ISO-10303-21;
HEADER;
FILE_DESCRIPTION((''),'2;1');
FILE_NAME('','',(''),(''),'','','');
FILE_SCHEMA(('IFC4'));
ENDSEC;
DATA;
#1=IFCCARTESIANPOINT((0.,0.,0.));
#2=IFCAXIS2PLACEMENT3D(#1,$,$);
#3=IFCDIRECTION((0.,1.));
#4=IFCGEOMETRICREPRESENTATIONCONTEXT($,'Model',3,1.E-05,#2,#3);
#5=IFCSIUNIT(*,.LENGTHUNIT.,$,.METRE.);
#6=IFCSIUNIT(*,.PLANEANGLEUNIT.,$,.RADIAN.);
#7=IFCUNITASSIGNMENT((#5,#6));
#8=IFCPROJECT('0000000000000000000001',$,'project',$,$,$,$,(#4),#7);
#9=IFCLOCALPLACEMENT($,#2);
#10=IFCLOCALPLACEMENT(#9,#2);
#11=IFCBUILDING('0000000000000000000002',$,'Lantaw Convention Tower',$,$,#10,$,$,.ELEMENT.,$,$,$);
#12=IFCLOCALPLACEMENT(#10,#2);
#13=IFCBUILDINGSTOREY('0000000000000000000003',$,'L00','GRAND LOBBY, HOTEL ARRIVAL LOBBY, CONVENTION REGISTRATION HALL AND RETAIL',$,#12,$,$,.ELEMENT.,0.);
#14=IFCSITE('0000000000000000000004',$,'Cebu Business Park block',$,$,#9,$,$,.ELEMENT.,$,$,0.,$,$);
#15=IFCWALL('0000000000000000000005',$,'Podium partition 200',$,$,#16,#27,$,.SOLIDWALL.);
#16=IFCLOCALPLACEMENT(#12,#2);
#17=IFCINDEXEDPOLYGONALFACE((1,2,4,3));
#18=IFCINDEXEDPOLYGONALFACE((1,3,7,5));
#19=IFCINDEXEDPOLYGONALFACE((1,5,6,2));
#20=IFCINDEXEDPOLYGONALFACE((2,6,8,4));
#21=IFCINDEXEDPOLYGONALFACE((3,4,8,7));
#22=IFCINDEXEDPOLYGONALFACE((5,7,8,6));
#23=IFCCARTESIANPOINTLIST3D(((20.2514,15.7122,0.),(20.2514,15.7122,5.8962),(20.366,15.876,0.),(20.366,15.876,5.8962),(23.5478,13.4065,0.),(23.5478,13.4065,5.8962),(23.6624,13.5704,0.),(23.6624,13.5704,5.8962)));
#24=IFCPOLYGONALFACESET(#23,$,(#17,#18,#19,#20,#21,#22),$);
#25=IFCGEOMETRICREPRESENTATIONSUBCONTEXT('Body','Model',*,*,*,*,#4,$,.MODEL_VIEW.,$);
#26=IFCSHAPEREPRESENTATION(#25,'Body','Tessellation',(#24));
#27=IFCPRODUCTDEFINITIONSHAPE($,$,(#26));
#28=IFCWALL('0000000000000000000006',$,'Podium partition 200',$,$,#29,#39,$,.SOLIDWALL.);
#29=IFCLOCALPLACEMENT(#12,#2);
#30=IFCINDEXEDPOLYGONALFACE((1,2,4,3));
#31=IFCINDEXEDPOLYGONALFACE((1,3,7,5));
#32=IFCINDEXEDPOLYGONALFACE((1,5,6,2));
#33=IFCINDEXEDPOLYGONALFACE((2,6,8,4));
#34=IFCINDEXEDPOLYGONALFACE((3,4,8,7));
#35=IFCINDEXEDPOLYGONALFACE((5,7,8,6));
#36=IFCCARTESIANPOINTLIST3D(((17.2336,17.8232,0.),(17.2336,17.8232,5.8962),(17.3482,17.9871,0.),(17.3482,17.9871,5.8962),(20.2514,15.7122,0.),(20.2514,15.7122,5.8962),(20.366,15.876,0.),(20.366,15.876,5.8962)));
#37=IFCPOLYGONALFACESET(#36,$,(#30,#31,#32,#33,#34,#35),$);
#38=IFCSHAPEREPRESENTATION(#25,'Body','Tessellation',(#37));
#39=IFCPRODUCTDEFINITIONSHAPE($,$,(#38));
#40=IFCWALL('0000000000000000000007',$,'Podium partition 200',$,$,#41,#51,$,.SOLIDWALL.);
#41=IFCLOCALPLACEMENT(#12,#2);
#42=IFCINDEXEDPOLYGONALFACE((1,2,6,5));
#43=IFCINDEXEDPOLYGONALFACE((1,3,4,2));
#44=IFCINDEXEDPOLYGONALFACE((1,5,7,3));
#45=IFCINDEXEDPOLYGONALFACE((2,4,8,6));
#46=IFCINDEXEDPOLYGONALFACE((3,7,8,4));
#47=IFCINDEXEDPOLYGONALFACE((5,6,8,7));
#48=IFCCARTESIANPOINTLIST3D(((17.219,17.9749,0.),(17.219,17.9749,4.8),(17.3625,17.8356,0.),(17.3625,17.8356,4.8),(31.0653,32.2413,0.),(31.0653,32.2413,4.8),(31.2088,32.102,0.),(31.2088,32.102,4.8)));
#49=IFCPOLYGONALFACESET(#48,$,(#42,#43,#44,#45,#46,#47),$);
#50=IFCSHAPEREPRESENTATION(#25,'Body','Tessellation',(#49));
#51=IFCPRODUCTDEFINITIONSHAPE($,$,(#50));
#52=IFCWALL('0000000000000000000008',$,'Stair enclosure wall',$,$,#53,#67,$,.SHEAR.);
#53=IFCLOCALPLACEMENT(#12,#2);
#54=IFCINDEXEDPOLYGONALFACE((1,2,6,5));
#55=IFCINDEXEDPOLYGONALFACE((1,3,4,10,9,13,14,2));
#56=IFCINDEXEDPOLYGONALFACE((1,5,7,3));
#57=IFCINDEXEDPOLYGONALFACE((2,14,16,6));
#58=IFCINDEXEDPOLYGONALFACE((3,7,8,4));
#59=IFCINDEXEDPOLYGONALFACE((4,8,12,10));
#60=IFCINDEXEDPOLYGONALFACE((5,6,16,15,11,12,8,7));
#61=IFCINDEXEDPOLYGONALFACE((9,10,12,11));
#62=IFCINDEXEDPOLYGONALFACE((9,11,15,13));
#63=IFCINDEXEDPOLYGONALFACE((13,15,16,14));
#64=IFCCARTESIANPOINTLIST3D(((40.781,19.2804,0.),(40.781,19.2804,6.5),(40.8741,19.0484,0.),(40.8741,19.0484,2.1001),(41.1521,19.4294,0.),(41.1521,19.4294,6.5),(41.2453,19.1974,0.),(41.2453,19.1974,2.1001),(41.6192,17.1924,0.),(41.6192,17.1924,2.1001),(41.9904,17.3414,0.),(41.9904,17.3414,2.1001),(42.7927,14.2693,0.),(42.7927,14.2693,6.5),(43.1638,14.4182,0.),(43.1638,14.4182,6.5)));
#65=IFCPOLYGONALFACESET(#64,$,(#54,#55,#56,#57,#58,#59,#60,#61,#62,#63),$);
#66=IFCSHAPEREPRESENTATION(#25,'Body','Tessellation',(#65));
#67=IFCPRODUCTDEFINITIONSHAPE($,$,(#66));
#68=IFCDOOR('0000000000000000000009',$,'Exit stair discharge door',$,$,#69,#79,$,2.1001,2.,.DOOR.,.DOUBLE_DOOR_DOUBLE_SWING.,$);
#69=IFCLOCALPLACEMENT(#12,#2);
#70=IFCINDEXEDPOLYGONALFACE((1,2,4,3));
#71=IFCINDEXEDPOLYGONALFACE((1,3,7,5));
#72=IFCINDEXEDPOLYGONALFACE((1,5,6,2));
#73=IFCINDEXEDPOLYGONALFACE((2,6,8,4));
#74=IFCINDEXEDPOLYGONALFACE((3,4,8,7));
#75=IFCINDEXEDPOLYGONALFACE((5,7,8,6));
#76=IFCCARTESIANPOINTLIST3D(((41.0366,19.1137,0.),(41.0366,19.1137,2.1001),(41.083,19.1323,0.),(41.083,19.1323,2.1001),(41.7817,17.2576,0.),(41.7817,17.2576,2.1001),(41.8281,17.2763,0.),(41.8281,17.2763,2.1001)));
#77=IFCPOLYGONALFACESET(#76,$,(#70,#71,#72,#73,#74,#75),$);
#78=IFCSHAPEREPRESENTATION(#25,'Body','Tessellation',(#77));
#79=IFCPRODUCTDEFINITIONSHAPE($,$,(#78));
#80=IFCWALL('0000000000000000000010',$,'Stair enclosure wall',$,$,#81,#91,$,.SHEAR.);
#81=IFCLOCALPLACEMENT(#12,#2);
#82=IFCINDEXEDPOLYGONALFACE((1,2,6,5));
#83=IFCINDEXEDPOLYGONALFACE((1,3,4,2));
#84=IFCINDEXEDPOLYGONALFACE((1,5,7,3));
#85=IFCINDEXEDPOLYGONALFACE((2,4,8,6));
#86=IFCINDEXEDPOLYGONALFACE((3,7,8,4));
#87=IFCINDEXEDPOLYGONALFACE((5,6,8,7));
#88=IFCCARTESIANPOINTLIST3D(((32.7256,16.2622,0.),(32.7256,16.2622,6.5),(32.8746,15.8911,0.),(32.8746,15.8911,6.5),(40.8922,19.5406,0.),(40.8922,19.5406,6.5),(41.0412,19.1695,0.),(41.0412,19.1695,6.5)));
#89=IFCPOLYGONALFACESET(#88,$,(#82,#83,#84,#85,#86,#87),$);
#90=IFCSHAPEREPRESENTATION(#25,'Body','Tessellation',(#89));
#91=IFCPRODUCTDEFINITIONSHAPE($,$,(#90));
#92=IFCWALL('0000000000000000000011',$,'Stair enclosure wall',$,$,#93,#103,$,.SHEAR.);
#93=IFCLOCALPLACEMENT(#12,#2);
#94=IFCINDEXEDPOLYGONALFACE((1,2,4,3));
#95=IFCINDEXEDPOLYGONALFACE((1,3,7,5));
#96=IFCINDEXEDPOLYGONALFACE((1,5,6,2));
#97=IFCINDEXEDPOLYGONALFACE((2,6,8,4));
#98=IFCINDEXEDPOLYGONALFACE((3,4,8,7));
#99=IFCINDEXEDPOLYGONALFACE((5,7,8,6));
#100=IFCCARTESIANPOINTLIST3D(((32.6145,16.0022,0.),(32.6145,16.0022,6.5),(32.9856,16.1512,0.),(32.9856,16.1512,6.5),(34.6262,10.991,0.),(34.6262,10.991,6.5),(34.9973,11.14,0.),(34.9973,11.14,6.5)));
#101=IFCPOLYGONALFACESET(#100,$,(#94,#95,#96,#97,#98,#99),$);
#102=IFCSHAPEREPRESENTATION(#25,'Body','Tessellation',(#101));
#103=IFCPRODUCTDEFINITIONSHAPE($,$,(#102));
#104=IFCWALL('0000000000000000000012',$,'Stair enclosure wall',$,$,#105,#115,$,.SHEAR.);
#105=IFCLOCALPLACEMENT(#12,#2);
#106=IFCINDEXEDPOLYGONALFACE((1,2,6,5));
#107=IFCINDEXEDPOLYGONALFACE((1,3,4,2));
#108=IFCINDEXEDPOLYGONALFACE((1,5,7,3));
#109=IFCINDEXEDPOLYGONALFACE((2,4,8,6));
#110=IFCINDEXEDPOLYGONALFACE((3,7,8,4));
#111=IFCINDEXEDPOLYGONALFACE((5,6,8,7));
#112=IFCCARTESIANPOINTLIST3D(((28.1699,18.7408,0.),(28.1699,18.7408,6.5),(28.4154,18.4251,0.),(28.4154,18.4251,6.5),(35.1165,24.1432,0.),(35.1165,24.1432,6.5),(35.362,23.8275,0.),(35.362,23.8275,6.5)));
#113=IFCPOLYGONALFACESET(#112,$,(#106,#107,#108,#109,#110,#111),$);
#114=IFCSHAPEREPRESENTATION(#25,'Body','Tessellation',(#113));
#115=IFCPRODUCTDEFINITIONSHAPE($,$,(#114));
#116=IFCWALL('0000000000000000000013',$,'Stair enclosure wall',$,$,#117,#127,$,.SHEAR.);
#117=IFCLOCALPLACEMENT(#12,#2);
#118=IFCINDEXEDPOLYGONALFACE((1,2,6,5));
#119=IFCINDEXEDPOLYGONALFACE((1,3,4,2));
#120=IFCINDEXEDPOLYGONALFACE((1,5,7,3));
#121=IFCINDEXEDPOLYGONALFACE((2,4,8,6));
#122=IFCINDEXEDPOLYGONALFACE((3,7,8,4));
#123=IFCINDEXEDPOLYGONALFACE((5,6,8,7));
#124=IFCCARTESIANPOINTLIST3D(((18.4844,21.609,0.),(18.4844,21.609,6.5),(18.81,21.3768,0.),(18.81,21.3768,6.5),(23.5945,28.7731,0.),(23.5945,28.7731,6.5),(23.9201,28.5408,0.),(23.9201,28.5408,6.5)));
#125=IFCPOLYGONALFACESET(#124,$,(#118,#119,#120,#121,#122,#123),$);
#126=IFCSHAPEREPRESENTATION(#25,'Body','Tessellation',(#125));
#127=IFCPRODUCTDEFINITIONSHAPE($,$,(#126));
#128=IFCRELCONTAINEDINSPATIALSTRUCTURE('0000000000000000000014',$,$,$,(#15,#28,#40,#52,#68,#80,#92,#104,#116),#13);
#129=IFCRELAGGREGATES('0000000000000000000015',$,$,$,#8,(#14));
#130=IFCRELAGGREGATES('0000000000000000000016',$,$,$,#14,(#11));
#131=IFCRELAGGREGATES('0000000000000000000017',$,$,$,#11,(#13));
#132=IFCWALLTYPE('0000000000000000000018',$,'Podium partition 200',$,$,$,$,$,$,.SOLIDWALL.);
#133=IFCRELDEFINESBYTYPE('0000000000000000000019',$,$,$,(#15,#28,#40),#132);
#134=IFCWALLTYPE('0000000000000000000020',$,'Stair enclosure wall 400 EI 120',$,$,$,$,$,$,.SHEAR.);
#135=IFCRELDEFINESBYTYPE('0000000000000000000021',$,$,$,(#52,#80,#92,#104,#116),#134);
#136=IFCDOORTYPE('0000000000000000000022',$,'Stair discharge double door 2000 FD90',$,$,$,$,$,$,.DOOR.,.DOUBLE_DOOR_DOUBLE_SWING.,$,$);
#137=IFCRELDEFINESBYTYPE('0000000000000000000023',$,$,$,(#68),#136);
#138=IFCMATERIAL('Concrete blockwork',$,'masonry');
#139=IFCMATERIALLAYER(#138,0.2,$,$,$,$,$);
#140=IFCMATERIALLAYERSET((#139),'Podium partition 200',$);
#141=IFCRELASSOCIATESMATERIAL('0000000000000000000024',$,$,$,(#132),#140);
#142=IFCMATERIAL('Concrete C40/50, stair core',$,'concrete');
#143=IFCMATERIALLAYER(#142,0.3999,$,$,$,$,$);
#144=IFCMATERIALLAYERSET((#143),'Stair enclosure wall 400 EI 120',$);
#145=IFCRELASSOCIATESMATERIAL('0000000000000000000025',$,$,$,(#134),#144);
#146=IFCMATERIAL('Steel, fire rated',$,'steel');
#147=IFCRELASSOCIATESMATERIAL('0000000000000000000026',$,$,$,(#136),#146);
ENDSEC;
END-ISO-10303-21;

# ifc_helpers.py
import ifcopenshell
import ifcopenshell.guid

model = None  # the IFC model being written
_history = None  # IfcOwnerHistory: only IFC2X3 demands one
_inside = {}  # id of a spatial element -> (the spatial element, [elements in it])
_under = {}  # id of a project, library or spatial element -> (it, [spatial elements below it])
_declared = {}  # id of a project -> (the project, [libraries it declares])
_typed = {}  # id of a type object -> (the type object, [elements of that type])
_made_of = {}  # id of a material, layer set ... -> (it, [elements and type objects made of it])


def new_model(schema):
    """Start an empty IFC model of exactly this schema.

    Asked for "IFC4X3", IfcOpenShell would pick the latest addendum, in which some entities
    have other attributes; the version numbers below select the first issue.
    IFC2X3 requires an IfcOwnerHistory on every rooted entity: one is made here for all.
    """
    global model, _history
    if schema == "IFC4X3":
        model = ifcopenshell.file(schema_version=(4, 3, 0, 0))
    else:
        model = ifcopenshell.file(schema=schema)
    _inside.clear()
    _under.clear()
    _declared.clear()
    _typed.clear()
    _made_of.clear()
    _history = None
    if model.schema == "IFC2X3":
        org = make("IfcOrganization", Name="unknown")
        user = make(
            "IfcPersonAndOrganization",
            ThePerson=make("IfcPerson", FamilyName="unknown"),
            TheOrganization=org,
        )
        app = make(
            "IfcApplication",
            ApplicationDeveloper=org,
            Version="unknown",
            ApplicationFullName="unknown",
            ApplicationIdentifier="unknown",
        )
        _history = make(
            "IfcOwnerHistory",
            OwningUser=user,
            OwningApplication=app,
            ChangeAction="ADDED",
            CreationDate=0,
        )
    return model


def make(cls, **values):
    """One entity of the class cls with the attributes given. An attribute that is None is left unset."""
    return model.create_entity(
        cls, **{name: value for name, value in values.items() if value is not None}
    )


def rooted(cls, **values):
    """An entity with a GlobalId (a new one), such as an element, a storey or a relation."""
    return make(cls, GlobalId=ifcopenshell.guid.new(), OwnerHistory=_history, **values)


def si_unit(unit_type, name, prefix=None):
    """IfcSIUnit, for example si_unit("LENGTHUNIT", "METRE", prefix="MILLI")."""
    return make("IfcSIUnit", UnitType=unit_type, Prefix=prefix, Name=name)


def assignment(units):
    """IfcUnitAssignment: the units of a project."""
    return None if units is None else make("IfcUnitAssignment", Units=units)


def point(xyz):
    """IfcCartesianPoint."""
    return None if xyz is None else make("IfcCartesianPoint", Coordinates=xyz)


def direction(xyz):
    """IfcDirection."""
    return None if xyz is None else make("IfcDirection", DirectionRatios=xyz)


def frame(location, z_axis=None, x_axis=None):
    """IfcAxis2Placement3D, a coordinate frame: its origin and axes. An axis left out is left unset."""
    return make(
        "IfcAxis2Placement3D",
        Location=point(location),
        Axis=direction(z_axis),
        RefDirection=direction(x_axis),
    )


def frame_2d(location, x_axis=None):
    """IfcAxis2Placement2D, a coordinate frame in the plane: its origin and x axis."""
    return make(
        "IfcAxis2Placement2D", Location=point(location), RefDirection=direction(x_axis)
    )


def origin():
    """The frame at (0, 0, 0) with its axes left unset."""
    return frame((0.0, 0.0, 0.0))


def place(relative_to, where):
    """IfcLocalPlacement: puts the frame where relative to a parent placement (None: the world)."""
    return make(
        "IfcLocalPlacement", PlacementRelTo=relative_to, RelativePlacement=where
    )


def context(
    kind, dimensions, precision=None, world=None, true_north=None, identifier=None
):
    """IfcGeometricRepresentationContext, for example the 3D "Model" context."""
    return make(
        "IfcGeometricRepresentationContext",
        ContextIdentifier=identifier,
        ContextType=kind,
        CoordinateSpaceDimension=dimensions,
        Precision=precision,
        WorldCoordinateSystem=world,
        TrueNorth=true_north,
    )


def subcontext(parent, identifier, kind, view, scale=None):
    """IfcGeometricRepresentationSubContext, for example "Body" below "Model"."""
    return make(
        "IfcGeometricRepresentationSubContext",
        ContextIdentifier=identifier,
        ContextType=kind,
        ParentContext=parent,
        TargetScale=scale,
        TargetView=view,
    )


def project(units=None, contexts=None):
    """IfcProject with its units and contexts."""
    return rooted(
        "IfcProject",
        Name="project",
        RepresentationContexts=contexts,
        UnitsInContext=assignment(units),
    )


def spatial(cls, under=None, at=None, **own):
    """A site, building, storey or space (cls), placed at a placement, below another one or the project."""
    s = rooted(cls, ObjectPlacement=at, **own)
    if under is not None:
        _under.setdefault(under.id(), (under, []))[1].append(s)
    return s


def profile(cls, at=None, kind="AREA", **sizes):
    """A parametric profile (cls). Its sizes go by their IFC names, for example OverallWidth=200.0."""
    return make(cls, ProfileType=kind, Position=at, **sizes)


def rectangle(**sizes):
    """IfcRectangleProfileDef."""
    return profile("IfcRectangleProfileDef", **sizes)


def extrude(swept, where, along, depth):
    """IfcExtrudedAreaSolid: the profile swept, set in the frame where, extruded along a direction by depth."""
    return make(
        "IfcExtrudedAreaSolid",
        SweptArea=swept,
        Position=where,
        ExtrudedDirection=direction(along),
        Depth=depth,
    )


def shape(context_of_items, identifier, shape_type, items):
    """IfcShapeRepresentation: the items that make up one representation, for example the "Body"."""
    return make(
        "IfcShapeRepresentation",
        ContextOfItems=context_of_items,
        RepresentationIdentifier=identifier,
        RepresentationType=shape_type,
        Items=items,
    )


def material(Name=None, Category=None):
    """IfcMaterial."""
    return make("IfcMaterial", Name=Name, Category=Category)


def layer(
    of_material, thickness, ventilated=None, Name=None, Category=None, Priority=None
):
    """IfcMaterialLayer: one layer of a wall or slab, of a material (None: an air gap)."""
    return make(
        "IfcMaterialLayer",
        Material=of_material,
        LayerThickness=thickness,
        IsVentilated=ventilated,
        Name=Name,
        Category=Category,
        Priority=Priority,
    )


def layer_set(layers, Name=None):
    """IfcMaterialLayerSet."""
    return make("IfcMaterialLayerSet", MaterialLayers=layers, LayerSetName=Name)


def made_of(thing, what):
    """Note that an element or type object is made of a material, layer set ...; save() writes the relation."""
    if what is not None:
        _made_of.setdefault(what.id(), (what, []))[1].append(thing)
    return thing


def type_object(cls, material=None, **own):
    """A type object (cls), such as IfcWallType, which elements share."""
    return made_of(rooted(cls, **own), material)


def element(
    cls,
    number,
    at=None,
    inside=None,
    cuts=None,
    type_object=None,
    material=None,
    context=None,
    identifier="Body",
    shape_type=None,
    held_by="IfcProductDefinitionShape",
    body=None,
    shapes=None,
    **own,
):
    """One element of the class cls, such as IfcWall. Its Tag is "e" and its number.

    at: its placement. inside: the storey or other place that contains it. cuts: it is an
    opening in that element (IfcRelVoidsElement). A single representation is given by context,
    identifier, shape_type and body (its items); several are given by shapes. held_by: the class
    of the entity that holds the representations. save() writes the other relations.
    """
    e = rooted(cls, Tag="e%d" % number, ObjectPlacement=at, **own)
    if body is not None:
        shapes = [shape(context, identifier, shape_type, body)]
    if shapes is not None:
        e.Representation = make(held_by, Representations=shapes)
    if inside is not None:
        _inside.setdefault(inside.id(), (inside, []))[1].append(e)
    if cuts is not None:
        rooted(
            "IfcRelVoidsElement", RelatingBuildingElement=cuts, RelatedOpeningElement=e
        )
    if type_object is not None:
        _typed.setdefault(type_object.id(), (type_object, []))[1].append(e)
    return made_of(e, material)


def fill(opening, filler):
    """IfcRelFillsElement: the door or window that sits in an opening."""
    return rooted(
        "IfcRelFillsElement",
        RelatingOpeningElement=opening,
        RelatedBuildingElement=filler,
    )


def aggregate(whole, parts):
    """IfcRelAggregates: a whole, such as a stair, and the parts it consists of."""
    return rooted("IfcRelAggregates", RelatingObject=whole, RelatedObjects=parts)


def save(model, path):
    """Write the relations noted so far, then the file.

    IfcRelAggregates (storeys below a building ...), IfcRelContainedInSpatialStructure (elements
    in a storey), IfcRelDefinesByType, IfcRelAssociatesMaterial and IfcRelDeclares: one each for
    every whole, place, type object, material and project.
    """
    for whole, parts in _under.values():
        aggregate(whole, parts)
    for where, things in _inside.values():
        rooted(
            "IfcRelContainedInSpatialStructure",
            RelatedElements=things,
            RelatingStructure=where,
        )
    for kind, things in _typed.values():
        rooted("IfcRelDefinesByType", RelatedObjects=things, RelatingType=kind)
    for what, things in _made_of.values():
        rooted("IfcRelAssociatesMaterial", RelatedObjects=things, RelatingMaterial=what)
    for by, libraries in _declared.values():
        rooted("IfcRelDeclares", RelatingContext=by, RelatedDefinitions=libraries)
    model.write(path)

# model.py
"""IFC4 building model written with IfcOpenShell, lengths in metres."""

from ifc_helpers import new_model, si_unit, direction, frame, frame_2d, origin, place, context, subcontext, project, spatial, rectangle, extrude, material, layer, layer_set, type_object, element, fill, save


model = new_model("IFC4")

# Units and contexts
model_context = context("Model", 3, precision=1e-05, world=origin(), true_north=direction((0.0, 1.0)))
body_context = subcontext(model_context, "Body", "Model", "MODEL_VIEW")
ifc_project = project(units=[si_unit("LENGTHUNIT", "METRE"), si_unit("PLANEANGLEUNIT", "RADIAN")], contexts=[model_context])

# Site, building, storey
site_placement = place(None, origin())
site = spatial("IfcSite", under=ifc_project, at=site_placement, Name="Cebu Business Park block", CompositionType="ELEMENT", RefElevation=0.0)
building_placement = place(site_placement, origin())
building = spatial("IfcBuilding", under=site, at=building_placement, Name="Lantaw Convention Tower", CompositionType="ELEMENT")
storey_placement = place(building_placement, origin())
storey = spatial("IfcBuildingStorey", under=building, at=storey_placement, Name="L00", Description="GRAND LOBBY, HOTEL ARRIVAL LOBBY, CONVENTION REGISTRATION HALL AND RETAIL", CompositionType="ELEMENT", Elevation=0.0)

# Walls
ifc_material_1 = material(Name="Concrete blockwork", Category="masonry")
ifc_layer_1 = layer(ifc_material_1, 0.2)
ifc_layer_set_1 = layer_set([ifc_layer_1], Name="Podium partition 200")
wall_type_1 = type_object("IfcWallType", Name="Podium partition 200", PredefinedType="SOLIDWALL", material=ifc_layer_set_1)
wall_1_placement = place(storey_placement, frame((23.605, 13.4885, 0.0), z_axis=(0.0, 0.0, 1.0), x_axis=(-0.819443, 0.573161, 0.0)))
element("IfcWall", 1, at=wall_1_placement, inside=storey, type_object=wall_type_1, Name="Podium partition 200", PredefinedType="SOLIDWALL", context=body_context, shape_type="SweptSolid", body=[
    extrude(rectangle(XDim=4.0227, YDim=0.2, at=frame_2d((2.0112, 0.0))), origin(), (0.0, 0.0, 1.0), 5.8962),
])
wall_2_placement = place(storey_placement, frame((20.3086, 15.7942, 0.0), z_axis=(0.0, 0.0, 1.0), x_axis=(-0.819409, 0.573209, 0.0)))
element("IfcWall", 2, at=wall_2_placement, inside=storey, type_object=wall_type_1, Name="Podium partition 200", PredefinedType="SOLIDWALL", context=body_context, shape_type="SweptSolid", body=[
    extrude(rectangle(XDim=3.6829, YDim=0.2, at=frame_2d((1.8413, 0.0))), origin(), (0.0, 0.0, 1.0), 5.8962),
])

# Wall
wall_3_placement = place(storey_placement, frame((17.2908, 17.9053, 0.0), z_axis=(0.0, 0.0, 1.0), x_axis=(0.696461, 0.717595, 0.0)))
element("IfcWall", 3, at=wall_3_placement, inside=storey, type_object=wall_type_1, Name="Podium partition 200", PredefinedType="SOLIDWALL", context=body_context, shape_type="SweptSolid", body=[
    extrude(rectangle(XDim=19.8809, YDim=0.2, at=frame_2d((9.9404, 0.0))), origin(), (0.0, 0.0, 1.0), 4.8),
])

# Wall, opening, door
ifc_material_2 = material(Name="Concrete C40/50, stair core", Category="concrete")
ifc_layer_2 = layer(ifc_material_2, 0.3999)
ifc_layer_set_2 = layer_set([ifc_layer_2], Name="Stair enclosure wall 400 EI 120")
wall_type_2 = type_object("IfcWallType", Name="Stair enclosure wall 400 EI 120", PredefinedType="SHEAR", material=ifc_layer_set_2)
wall_4_placement = place(storey_placement, frame((42.9783, 14.3438, 0.0), z_axis=(0.0, 0.0, 1.0), x_axis=(-0.372544, 0.928015, 0.0)))
wall_4 = element("IfcWall", 4, at=wall_4_placement, inside=storey, type_object=wall_type_2, Name="Stair enclosure wall", PredefinedType="SHEAR", context=body_context, shape_type="SweptSolid", body=[
    extrude(rectangle(XDim=5.3999, YDim=0.3999, at=frame_2d((2.7, 0.0))), origin(), (0.0, 0.0, 1.0), 6.5),
])
opening_1_placement = place(wall_4_placement, frame((3.1499, 0.0, 0.0)))
opening_1 = element("IfcOpeningElement", 5, at=opening_1_placement, cuts=wall_4, PredefinedType="OPENING", context=body_context, shape_type="SweptSolid", body=[
    extrude(rectangle(XDim=2.0, YDim=2.1001, at=frame_2d((1.0, 1.05))), frame((0.0, 0.21, 0.0), z_axis=(0.0, -1.0, 0.0), x_axis=(1.0, 0.0, 0.0)), (0.0, 0.0, 1.0), 0.4199),
])
ifc_material_3 = material(Name="Steel, fire rated", Category="steel")
door_type_1 = type_object("IfcDoorType", Name="Stair discharge double door 2000 FD90", OperationType="DOUBLE_DOOR_DOUBLE_SWING", PredefinedType="DOOR", material=ifc_material_3)
door_1_placement = place(opening_1_placement, origin())
door_1 = element("IfcDoor", 6, at=door_1_placement, inside=storey, type_object=door_type_1, Name="Exit stair discharge door", OperationType="DOUBLE_DOOR_DOUBLE_SWING", OverallHeight=2.1001, OverallWidth=2.0, PredefinedType="DOOR", context=body_context, shape_type="SweptSolid", body=[
    extrude(rectangle(XDim=2.0, YDim=2.1001, at=frame_2d((1.0, 1.05))), frame((0.0, 0.0249, 0.0), z_axis=(0.0, -1.0, 0.0), x_axis=(1.0, 0.0, 0.0)), (0.0, 0.0, 1.0), 0.05),
])
fill(opening_1, door_1)

# Walls
wall_5_placement = place(storey_placement, frame((40.9666, 19.355, 0.0), z_axis=(0.0, 0.0, 1.0), x_axis=(-0.928017, -0.372538, 0.0)))
element("IfcWall", 7, at=wall_5_placement, inside=storey, type_object=wall_type_2, Name="Stair enclosure wall", PredefinedType="SHEAR", context=body_context, shape_type="SweptSolid", body=[
    extrude(rectangle(XDim=8.8, YDim=0.3999, at=frame_2d((4.3999, 0.0))), origin(), (0.0, 0.0, 1.0), 6.5),
])
wall_6_placement = place(storey_placement, frame((32.8, 16.0767, 0.0), z_axis=(0.0, 0.0, 1.0), x_axis=(0.372544, -0.928015, 0.0)))
element("IfcWall", 8, at=wall_6_placement, inside=storey, type_object=wall_type_2, Name="Stair enclosure wall", PredefinedType="SHEAR", context=body_context, shape_type="SweptSolid", body=[
    extrude(rectangle(XDim=5.3999, YDim=0.3999, at=frame_2d((2.7, 0.0))), origin(), (0.0, 0.0, 1.0), 6.5),
])
wall_7_placement = place(storey_placement, frame((28.2927, 18.583, 0.0), z_axis=(0.0, 0.0, 1.0), x_axis=(0.789381, 0.613904, 0.0)))
element("IfcWall", 9, at=wall_7_placement, inside=storey, type_object=wall_type_2, Name="Stair enclosure wall", PredefinedType="SHEAR", context=body_context, shape_type="SweptSolid", body=[
    extrude(rectangle(XDim=8.8, YDim=0.3999, at=frame_2d((4.3999, 0.0))), origin(), (0.0, 0.0, 1.0), 6.5),
])
wall_8_placement = place(storey_placement, frame((18.6472, 21.4929, 0.0), z_axis=(0.0, 0.0, 1.0), x_axis=(0.580705, 0.814114, 0.0)))
element("IfcWall", 10, at=wall_8_placement, inside=storey, type_object=wall_type_2, Name="Stair enclosure wall", PredefinedType="SHEAR", context=body_context, shape_type="SweptSolid", body=[
    extrude(rectangle(XDim=8.7998, YDim=0.3999, at=frame_2d((4.3999, 0.0))), origin(), (0.0, 0.0, 1.0), 6.5),
])

save(model, "model.ifc")
